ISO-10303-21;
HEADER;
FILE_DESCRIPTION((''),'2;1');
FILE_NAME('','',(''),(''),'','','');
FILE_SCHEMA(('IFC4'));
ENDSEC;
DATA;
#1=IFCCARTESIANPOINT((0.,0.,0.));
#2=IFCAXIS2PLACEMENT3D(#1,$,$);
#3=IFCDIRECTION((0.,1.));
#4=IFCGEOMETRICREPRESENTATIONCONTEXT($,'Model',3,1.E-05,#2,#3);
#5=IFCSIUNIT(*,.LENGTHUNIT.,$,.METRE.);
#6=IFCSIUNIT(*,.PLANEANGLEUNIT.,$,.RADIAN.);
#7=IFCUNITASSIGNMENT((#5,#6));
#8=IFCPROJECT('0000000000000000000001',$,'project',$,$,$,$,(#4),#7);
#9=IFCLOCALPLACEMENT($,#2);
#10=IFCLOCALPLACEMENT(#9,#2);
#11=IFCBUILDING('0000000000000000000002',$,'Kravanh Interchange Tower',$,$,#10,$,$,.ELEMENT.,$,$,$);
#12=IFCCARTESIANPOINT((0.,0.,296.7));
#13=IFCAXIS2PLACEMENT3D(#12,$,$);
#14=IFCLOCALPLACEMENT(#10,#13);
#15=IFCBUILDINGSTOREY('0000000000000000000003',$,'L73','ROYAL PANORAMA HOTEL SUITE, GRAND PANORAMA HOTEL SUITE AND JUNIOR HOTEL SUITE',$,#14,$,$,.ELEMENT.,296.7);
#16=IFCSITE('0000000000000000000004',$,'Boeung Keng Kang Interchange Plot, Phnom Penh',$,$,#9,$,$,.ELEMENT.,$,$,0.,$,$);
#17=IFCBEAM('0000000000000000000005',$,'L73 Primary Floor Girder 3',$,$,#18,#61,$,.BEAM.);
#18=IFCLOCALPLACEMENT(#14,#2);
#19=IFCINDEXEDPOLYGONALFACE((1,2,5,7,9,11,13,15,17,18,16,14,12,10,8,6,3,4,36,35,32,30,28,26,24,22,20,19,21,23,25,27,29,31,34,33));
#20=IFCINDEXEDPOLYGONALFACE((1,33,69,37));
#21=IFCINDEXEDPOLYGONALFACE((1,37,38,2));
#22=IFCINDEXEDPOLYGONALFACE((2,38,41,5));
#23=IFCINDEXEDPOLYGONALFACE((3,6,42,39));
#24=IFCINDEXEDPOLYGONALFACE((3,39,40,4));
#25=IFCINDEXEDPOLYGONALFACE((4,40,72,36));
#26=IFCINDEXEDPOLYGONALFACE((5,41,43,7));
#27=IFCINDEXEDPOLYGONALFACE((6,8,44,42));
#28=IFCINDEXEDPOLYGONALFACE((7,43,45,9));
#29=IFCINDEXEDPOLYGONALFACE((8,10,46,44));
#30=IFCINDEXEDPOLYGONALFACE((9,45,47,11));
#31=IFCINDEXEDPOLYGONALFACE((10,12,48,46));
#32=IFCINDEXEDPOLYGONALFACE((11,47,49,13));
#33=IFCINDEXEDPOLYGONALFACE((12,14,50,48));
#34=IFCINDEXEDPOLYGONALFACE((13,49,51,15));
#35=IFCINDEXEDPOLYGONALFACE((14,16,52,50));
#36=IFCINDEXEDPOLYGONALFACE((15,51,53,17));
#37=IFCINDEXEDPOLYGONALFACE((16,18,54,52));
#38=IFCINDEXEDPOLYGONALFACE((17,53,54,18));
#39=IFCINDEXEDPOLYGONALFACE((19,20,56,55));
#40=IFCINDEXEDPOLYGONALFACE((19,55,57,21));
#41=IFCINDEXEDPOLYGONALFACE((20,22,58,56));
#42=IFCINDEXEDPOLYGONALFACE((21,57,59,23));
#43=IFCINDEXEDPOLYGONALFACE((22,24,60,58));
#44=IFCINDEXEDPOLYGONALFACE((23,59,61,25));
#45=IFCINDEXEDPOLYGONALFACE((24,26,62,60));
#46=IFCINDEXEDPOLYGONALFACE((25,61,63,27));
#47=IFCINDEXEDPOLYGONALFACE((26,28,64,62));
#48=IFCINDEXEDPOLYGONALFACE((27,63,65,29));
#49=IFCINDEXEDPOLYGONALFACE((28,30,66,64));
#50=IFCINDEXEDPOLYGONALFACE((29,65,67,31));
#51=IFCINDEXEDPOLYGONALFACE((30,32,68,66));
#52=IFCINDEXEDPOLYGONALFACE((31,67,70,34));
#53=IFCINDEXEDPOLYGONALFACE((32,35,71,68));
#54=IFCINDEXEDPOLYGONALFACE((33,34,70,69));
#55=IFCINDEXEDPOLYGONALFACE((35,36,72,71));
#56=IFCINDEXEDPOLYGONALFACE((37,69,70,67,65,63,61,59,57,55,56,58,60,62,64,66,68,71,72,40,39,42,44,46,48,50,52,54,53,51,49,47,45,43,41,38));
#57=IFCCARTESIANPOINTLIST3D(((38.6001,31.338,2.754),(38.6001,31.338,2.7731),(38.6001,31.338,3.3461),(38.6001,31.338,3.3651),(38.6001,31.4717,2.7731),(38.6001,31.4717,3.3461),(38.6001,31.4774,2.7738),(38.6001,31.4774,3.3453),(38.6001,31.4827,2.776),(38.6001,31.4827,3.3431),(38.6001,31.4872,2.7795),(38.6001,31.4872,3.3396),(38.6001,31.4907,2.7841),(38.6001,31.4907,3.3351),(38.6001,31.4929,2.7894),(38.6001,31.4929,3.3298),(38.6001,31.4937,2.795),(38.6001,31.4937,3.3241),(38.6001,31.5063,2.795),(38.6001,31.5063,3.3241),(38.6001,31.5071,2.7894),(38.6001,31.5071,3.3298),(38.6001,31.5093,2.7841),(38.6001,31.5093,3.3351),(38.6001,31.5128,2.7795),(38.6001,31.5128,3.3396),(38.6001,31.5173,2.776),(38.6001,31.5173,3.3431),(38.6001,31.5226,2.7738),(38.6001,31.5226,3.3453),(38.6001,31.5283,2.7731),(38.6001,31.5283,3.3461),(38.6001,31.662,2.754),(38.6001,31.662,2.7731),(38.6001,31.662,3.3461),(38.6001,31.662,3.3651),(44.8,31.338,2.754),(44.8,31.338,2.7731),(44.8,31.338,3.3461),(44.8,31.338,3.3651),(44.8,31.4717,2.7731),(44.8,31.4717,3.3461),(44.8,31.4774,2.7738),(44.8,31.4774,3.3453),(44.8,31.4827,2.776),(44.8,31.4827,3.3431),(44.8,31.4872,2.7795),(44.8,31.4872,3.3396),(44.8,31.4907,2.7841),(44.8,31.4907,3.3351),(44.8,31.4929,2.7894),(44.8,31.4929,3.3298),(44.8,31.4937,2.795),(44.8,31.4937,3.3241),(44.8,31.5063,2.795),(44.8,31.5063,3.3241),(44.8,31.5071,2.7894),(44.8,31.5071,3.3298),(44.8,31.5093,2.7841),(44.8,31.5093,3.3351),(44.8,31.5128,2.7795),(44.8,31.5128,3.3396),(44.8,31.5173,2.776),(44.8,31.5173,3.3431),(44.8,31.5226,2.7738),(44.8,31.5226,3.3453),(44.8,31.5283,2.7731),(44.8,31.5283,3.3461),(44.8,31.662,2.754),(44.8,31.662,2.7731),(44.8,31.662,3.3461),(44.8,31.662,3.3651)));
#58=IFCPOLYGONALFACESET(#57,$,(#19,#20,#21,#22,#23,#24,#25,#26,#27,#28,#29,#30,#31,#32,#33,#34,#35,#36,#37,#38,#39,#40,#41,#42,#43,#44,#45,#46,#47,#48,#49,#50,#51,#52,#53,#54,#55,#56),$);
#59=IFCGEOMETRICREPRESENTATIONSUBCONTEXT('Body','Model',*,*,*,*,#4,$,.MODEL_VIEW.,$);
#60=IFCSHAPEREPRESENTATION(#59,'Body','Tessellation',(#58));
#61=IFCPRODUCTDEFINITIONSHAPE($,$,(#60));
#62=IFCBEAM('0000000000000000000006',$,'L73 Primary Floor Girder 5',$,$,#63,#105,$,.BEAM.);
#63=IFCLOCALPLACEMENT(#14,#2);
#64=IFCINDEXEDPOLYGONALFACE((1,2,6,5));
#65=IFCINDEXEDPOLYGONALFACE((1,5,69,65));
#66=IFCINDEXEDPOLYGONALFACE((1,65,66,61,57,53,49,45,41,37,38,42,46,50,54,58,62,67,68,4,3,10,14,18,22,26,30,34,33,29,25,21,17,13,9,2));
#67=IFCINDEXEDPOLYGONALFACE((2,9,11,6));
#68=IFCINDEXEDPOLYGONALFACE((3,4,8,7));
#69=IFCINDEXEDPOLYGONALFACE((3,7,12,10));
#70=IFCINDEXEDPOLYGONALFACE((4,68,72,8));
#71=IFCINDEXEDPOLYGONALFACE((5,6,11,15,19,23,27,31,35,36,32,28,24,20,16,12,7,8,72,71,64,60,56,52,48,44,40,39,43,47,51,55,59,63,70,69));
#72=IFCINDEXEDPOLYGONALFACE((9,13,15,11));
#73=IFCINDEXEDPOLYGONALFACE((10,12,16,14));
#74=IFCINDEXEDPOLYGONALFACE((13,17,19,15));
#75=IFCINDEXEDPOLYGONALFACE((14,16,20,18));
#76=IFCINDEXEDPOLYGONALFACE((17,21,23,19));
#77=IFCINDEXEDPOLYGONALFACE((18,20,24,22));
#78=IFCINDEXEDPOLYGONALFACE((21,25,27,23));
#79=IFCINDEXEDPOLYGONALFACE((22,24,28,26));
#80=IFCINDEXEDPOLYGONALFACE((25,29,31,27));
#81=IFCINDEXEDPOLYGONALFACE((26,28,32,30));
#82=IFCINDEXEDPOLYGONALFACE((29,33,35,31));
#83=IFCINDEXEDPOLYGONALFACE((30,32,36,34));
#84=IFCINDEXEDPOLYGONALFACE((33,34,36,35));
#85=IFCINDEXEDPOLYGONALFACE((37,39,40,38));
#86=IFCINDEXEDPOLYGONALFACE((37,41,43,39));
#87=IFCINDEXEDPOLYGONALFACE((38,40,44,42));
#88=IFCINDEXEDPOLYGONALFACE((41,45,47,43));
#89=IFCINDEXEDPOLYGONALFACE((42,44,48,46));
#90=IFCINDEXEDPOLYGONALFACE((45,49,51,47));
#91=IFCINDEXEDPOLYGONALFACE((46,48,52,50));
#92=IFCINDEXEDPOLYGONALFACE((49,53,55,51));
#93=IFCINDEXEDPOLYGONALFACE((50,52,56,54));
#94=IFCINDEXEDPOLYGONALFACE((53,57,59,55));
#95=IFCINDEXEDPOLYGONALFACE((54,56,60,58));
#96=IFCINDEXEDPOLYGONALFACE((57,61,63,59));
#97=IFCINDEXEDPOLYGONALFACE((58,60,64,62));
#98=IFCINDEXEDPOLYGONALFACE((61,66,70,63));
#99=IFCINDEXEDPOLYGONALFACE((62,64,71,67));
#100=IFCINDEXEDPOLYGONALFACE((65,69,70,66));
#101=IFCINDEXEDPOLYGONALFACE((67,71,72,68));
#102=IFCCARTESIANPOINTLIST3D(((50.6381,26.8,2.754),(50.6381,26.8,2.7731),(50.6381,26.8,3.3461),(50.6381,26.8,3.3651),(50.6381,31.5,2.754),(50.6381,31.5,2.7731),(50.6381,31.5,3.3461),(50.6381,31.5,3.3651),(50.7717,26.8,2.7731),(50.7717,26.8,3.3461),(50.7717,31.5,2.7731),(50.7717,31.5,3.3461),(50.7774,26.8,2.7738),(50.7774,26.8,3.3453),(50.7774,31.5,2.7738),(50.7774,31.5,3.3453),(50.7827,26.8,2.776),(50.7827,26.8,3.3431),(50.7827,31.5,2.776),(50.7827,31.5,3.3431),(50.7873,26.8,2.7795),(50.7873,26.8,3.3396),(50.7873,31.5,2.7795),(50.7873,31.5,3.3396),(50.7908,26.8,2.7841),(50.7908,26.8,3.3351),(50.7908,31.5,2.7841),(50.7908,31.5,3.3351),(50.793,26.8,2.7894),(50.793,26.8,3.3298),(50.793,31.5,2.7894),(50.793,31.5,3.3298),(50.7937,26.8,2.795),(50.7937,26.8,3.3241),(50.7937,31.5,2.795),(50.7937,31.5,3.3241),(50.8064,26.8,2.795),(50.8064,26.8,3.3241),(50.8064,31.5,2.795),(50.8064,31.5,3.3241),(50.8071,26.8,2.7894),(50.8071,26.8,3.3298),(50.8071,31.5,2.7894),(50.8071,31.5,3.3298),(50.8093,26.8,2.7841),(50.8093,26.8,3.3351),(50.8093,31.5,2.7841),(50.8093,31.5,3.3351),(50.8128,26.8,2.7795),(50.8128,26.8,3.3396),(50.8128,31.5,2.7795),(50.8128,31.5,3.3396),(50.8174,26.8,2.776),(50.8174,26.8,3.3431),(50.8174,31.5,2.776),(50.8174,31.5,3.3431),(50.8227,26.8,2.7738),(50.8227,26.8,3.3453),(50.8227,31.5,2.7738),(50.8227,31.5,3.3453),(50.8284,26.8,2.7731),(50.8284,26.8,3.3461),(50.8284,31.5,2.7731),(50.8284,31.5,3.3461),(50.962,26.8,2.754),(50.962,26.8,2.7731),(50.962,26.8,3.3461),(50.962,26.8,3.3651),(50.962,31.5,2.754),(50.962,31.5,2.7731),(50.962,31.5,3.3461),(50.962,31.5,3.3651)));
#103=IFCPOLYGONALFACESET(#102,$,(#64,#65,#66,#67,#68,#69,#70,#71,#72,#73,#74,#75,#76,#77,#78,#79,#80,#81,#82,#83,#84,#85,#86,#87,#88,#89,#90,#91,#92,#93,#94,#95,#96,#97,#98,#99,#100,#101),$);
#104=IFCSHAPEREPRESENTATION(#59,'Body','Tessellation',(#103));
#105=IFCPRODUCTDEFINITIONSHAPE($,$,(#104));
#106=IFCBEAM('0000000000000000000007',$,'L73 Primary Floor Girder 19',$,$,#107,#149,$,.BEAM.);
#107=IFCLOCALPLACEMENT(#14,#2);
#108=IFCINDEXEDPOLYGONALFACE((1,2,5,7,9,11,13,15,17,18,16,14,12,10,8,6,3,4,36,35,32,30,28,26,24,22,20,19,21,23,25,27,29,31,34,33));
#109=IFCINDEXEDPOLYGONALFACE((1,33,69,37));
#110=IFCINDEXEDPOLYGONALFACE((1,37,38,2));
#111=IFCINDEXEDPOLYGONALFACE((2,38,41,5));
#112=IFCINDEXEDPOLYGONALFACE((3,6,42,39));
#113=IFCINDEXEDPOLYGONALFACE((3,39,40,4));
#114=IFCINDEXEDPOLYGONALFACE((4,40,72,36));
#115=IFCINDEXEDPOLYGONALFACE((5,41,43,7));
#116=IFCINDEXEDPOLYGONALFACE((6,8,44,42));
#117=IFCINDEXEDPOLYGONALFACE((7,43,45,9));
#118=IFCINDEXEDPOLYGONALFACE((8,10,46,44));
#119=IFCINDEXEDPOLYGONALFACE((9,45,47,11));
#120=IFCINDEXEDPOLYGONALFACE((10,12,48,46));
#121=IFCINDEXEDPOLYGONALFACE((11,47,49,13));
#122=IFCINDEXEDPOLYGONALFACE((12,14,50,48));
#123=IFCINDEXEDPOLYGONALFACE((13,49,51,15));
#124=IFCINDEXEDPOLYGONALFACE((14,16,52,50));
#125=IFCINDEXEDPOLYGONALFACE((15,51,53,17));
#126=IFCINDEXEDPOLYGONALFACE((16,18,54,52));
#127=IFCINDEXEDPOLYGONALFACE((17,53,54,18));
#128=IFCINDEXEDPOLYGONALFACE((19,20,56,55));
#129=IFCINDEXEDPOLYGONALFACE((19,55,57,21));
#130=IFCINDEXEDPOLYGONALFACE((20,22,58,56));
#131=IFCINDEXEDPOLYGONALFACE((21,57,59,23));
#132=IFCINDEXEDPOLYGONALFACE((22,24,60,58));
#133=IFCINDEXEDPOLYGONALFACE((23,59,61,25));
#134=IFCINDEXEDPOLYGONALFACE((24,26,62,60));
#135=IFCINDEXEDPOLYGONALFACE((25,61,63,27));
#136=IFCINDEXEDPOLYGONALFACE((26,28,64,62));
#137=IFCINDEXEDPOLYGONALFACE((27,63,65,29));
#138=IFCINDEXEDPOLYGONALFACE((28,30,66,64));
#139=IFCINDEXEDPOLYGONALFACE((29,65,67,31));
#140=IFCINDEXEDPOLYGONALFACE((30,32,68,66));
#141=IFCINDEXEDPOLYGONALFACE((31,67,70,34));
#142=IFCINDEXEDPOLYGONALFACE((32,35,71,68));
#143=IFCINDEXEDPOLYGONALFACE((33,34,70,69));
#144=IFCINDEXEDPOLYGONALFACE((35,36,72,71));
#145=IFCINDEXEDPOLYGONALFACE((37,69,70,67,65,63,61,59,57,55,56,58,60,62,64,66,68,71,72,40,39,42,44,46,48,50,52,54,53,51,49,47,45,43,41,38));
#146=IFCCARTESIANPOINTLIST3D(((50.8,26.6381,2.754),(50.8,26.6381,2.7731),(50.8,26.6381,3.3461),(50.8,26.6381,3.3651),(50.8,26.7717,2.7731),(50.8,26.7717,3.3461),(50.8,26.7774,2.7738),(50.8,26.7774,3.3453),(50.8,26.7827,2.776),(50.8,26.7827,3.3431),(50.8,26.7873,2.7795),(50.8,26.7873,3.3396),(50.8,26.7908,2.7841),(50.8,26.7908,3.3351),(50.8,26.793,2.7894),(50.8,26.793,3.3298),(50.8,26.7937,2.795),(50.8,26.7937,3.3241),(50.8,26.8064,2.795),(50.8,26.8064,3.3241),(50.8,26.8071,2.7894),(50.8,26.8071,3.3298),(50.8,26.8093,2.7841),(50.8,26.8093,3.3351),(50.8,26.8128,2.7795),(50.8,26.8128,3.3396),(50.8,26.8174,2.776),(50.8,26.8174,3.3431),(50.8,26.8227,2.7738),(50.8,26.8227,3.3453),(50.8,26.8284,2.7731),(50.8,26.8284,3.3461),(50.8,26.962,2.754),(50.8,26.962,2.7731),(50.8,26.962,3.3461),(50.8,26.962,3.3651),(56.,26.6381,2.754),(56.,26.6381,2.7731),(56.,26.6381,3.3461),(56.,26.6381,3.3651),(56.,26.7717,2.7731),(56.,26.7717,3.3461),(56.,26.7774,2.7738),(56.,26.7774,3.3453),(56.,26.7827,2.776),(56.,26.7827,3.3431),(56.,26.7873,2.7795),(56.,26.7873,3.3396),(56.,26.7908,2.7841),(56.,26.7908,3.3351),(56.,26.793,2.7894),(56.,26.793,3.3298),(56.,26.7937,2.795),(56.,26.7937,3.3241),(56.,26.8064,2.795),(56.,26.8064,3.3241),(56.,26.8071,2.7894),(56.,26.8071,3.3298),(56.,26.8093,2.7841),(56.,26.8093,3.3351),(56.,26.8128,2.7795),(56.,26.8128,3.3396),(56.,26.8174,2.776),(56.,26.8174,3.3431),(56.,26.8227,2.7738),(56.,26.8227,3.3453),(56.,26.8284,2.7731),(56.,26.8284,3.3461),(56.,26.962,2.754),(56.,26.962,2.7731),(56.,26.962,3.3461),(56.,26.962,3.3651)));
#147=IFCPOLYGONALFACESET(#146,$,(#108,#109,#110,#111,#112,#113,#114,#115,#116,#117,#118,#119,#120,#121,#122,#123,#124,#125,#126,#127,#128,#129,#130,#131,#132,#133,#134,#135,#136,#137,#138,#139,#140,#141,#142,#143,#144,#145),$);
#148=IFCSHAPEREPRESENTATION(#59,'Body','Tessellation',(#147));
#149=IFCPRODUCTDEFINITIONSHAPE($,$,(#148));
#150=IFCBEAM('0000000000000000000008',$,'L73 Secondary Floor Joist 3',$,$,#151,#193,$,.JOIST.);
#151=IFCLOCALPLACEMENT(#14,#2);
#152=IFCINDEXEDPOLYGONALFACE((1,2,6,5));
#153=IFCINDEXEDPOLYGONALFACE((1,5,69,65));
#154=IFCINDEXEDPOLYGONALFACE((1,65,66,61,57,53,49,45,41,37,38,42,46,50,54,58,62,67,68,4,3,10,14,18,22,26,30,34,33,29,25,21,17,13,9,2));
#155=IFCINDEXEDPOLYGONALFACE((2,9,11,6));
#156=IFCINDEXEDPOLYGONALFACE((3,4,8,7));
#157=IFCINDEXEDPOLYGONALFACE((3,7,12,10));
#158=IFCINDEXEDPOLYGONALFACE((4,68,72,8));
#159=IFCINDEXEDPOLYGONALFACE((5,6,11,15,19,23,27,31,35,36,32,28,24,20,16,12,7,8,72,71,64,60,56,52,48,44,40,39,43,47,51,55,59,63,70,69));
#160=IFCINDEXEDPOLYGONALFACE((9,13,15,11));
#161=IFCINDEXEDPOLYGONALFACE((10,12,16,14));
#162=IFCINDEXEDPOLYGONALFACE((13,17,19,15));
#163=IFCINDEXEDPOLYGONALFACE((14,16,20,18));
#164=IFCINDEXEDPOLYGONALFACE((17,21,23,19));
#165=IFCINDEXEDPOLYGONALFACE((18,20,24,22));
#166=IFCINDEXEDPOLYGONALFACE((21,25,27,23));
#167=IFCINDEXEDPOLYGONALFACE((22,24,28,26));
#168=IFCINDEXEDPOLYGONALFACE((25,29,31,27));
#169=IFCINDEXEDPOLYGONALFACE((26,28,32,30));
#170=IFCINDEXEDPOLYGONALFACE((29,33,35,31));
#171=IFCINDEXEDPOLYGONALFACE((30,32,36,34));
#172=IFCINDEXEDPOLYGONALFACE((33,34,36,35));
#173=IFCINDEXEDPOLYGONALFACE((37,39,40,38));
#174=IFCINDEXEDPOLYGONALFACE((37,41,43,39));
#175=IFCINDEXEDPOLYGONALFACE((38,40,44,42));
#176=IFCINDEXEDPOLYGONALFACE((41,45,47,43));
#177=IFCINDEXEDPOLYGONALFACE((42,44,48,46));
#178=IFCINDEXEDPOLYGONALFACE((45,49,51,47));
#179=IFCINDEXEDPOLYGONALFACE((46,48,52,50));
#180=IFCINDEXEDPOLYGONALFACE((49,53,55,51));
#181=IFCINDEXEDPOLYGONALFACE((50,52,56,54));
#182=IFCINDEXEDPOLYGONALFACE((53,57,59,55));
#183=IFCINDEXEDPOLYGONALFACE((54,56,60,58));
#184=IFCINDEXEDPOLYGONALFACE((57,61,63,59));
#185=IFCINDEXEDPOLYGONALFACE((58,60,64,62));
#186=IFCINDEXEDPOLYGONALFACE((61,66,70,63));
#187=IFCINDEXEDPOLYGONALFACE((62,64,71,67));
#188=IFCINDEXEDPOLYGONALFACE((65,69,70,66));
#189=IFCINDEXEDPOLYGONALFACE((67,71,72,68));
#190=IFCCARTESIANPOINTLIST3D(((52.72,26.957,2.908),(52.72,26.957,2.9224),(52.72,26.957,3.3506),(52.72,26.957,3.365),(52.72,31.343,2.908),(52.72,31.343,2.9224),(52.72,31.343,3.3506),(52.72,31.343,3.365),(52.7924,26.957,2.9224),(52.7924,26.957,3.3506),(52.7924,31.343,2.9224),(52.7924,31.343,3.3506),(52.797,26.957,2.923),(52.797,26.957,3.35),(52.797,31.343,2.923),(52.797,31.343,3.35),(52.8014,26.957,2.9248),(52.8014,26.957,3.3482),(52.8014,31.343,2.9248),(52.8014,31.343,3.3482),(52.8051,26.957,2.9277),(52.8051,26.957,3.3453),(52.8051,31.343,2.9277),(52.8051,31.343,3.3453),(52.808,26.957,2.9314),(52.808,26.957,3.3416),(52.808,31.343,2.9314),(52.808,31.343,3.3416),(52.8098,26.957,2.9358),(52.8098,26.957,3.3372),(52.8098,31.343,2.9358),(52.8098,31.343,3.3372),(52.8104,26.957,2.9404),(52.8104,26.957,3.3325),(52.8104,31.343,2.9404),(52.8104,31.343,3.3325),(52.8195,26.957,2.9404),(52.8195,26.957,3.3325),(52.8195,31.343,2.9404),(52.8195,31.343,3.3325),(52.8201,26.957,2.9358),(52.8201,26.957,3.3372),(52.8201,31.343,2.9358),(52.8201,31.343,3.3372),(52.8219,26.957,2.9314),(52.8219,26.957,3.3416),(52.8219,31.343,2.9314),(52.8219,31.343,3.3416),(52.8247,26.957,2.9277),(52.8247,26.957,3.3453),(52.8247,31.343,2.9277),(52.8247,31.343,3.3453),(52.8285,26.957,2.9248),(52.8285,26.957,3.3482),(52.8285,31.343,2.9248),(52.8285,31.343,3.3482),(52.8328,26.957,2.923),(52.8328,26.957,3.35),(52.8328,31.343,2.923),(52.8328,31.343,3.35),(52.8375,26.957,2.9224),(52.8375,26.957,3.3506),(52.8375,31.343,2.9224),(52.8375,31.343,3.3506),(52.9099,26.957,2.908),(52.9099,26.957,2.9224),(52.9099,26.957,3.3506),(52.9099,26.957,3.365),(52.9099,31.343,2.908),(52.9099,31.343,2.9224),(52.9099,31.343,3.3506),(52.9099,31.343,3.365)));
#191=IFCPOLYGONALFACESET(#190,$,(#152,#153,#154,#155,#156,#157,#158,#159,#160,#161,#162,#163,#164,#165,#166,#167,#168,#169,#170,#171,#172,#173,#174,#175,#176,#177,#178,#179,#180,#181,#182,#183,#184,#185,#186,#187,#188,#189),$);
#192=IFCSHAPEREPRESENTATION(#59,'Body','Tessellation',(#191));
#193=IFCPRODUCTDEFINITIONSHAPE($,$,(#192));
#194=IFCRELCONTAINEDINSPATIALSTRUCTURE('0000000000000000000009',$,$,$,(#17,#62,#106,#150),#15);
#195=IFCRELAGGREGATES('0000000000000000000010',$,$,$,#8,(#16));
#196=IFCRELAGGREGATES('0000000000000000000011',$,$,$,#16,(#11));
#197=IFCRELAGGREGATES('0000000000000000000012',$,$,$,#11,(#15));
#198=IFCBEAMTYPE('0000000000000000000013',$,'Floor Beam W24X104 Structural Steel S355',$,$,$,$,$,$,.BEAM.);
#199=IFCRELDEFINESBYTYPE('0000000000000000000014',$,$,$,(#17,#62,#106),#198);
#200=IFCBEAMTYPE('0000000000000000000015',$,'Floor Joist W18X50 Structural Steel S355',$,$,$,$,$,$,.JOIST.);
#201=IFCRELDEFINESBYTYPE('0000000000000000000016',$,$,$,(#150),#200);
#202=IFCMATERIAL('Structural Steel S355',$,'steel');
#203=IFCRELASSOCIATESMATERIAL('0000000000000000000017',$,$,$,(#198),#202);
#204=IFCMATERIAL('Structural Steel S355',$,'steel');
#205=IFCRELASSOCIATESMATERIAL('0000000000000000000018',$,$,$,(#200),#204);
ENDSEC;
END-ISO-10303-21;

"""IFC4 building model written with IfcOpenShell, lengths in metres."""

from ifc_helpers import new_model, si_unit, direction, frame, origin, origin_2d, place, context, subcontext, project, spatial, i_section, extrude, material, material_profile, profile_set, type_object, element, save


model = new_model("IFC4")

# Units and contexts
model_context = context("Model", 3, precision=1e-05, world=origin(), true_north=direction((0.0, 1.0)))
body_context = subcontext(model_context, "Body", "Model", "MODEL_VIEW")
ifc_project = project(units=[si_unit("LENGTHUNIT", "METRE"), si_unit("PLANEANGLEUNIT", "RADIAN")], contexts=[model_context])

# Site, building, storey
site_placement = place(None, origin())
site = spatial("IfcSite", under=ifc_project, at=site_placement, Name="Boeung Keng Kang Interchange Plot, Phnom Penh", CompositionType="ELEMENT", RefElevation=0.0)
building_placement = place(site_placement, origin())
building = spatial("IfcBuilding", under=site, at=building_placement, Name="Kravanh Interchange Tower", CompositionType="ELEMENT")
storey_placement = place(building_placement, frame((0.0, 0.0, 296.7)))
storey = spatial("IfcBuildingStorey", under=building, at=storey_placement, Name="L73", Description="ROYAL PANORAMA HOTEL SUITE, GRAND PANORAMA HOTEL SUITE AND JUNIOR HOTEL SUITE", CompositionType="ELEMENT", Elevation=296.7)

# Beams
ifc_material_1 = material(Name="Structural Steel S355", Category="steel")
ifc_material_profile_1 = material_profile(ifc_material_1, i_section(OverallWidth=0.324, OverallDepth=0.6111, WebThickness=0.0127, FlangeThickness=0.019, FilletRadius=0.022, at=origin_2d()), Name="W24X104")
ifc_profile_set_1 = profile_set([ifc_material_profile_1], Name="Structural Steel S355")
beam_type_1 = type_object("IfcBeamType", Name="Floor Beam W24X104 Structural Steel S355", PredefinedType="BEAM", material=ifc_profile_set_1)
beam_1_placement = place(storey_placement, frame((44.8, 31.5, 3.0596), z_axis=(-1.0, 0.0, 0.0), x_axis=(0.0, -1.0, 0.0)))
element("IfcBeam", 1, at=beam_1_placement, inside=storey, type_object=beam_type_1, Name="L73 Primary Floor Girder 3", PredefinedType="BEAM", context=body_context, shape_type="SweptSolid", body=[
    extrude(i_section(OverallWidth=0.324, OverallDepth=0.6111, WebThickness=0.0127, FlangeThickness=0.019, FilletRadius=0.022, at=origin_2d()), origin(), (0.0, 0.0, 1.0), 6.2),
])
beam_2_placement = place(storey_placement, frame((50.8, 31.5, 3.0596), z_axis=(0.0, -1.0, 0.0), x_axis=(1.0, 0.0, 0.0)))
element("IfcBeam", 2, at=beam_2_placement, inside=storey, type_object=beam_type_1, Name="L73 Primary Floor Girder 5", PredefinedType="BEAM", context=body_context, shape_type="SweptSolid", body=[
    extrude(i_section(OverallWidth=0.324, OverallDepth=0.6111, WebThickness=0.0127, FlangeThickness=0.019, FilletRadius=0.022, at=origin_2d()), origin(), (0.0, 0.0, 1.0), 4.7),
])
beam_3_placement = place(storey_placement, frame((50.8, 26.8, 3.0596), z_axis=(1.0, 0.0, 0.0), x_axis=(0.0, 1.0, 0.0)))
element("IfcBeam", 3, at=beam_3_placement, inside=storey, type_object=beam_type_1, Name="L73 Primary Floor Girder 19", PredefinedType="BEAM", context=body_context, shape_type="SweptSolid", body=[
    extrude(i_section(OverallWidth=0.324, OverallDepth=0.6111, WebThickness=0.0127, FlangeThickness=0.019, FilletRadius=0.022, at=origin_2d()), origin(), (0.0, 0.0, 1.0), 5.2),
])
ifc_material_2 = material(Name="Structural Steel S355", Category="steel")
ifc_material_profile_2 = material_profile(ifc_material_2, i_section(OverallWidth=0.1899, OverallDepth=0.457, WebThickness=0.009, FlangeThickness=0.0144, FilletRadius=0.0181, at=origin_2d()), Name="W18X50")
ifc_profile_set_2 = profile_set([ifc_material_profile_2], Name="Structural Steel S355")
beam_type_2 = type_object("IfcBeamType", Name="Floor Joist W18X50 Structural Steel S355", PredefinedType="JOIST", material=ifc_profile_set_2)
beam_4_placement = place(storey_placement, frame((52.8149, 26.957, 3.1365), z_axis=(0.0, 1.0, 0.0), x_axis=(-1.0, 0.0, 0.0)))
element("IfcBeam", 4, at=beam_4_placement, inside=storey, type_object=beam_type_2, Name="L73 Secondary Floor Joist 3", PredefinedType="JOIST", context=body_context, shape_type="SweptSolid", body=[
    extrude(i_section(OverallWidth=0.1899, OverallDepth=0.457, WebThickness=0.009, FlangeThickness=0.0144, FilletRadius=0.0181, at=origin_2d()), origin(), (0.0, 0.0, 1.0), 4.386),
])

save(model, "model.ifc")
